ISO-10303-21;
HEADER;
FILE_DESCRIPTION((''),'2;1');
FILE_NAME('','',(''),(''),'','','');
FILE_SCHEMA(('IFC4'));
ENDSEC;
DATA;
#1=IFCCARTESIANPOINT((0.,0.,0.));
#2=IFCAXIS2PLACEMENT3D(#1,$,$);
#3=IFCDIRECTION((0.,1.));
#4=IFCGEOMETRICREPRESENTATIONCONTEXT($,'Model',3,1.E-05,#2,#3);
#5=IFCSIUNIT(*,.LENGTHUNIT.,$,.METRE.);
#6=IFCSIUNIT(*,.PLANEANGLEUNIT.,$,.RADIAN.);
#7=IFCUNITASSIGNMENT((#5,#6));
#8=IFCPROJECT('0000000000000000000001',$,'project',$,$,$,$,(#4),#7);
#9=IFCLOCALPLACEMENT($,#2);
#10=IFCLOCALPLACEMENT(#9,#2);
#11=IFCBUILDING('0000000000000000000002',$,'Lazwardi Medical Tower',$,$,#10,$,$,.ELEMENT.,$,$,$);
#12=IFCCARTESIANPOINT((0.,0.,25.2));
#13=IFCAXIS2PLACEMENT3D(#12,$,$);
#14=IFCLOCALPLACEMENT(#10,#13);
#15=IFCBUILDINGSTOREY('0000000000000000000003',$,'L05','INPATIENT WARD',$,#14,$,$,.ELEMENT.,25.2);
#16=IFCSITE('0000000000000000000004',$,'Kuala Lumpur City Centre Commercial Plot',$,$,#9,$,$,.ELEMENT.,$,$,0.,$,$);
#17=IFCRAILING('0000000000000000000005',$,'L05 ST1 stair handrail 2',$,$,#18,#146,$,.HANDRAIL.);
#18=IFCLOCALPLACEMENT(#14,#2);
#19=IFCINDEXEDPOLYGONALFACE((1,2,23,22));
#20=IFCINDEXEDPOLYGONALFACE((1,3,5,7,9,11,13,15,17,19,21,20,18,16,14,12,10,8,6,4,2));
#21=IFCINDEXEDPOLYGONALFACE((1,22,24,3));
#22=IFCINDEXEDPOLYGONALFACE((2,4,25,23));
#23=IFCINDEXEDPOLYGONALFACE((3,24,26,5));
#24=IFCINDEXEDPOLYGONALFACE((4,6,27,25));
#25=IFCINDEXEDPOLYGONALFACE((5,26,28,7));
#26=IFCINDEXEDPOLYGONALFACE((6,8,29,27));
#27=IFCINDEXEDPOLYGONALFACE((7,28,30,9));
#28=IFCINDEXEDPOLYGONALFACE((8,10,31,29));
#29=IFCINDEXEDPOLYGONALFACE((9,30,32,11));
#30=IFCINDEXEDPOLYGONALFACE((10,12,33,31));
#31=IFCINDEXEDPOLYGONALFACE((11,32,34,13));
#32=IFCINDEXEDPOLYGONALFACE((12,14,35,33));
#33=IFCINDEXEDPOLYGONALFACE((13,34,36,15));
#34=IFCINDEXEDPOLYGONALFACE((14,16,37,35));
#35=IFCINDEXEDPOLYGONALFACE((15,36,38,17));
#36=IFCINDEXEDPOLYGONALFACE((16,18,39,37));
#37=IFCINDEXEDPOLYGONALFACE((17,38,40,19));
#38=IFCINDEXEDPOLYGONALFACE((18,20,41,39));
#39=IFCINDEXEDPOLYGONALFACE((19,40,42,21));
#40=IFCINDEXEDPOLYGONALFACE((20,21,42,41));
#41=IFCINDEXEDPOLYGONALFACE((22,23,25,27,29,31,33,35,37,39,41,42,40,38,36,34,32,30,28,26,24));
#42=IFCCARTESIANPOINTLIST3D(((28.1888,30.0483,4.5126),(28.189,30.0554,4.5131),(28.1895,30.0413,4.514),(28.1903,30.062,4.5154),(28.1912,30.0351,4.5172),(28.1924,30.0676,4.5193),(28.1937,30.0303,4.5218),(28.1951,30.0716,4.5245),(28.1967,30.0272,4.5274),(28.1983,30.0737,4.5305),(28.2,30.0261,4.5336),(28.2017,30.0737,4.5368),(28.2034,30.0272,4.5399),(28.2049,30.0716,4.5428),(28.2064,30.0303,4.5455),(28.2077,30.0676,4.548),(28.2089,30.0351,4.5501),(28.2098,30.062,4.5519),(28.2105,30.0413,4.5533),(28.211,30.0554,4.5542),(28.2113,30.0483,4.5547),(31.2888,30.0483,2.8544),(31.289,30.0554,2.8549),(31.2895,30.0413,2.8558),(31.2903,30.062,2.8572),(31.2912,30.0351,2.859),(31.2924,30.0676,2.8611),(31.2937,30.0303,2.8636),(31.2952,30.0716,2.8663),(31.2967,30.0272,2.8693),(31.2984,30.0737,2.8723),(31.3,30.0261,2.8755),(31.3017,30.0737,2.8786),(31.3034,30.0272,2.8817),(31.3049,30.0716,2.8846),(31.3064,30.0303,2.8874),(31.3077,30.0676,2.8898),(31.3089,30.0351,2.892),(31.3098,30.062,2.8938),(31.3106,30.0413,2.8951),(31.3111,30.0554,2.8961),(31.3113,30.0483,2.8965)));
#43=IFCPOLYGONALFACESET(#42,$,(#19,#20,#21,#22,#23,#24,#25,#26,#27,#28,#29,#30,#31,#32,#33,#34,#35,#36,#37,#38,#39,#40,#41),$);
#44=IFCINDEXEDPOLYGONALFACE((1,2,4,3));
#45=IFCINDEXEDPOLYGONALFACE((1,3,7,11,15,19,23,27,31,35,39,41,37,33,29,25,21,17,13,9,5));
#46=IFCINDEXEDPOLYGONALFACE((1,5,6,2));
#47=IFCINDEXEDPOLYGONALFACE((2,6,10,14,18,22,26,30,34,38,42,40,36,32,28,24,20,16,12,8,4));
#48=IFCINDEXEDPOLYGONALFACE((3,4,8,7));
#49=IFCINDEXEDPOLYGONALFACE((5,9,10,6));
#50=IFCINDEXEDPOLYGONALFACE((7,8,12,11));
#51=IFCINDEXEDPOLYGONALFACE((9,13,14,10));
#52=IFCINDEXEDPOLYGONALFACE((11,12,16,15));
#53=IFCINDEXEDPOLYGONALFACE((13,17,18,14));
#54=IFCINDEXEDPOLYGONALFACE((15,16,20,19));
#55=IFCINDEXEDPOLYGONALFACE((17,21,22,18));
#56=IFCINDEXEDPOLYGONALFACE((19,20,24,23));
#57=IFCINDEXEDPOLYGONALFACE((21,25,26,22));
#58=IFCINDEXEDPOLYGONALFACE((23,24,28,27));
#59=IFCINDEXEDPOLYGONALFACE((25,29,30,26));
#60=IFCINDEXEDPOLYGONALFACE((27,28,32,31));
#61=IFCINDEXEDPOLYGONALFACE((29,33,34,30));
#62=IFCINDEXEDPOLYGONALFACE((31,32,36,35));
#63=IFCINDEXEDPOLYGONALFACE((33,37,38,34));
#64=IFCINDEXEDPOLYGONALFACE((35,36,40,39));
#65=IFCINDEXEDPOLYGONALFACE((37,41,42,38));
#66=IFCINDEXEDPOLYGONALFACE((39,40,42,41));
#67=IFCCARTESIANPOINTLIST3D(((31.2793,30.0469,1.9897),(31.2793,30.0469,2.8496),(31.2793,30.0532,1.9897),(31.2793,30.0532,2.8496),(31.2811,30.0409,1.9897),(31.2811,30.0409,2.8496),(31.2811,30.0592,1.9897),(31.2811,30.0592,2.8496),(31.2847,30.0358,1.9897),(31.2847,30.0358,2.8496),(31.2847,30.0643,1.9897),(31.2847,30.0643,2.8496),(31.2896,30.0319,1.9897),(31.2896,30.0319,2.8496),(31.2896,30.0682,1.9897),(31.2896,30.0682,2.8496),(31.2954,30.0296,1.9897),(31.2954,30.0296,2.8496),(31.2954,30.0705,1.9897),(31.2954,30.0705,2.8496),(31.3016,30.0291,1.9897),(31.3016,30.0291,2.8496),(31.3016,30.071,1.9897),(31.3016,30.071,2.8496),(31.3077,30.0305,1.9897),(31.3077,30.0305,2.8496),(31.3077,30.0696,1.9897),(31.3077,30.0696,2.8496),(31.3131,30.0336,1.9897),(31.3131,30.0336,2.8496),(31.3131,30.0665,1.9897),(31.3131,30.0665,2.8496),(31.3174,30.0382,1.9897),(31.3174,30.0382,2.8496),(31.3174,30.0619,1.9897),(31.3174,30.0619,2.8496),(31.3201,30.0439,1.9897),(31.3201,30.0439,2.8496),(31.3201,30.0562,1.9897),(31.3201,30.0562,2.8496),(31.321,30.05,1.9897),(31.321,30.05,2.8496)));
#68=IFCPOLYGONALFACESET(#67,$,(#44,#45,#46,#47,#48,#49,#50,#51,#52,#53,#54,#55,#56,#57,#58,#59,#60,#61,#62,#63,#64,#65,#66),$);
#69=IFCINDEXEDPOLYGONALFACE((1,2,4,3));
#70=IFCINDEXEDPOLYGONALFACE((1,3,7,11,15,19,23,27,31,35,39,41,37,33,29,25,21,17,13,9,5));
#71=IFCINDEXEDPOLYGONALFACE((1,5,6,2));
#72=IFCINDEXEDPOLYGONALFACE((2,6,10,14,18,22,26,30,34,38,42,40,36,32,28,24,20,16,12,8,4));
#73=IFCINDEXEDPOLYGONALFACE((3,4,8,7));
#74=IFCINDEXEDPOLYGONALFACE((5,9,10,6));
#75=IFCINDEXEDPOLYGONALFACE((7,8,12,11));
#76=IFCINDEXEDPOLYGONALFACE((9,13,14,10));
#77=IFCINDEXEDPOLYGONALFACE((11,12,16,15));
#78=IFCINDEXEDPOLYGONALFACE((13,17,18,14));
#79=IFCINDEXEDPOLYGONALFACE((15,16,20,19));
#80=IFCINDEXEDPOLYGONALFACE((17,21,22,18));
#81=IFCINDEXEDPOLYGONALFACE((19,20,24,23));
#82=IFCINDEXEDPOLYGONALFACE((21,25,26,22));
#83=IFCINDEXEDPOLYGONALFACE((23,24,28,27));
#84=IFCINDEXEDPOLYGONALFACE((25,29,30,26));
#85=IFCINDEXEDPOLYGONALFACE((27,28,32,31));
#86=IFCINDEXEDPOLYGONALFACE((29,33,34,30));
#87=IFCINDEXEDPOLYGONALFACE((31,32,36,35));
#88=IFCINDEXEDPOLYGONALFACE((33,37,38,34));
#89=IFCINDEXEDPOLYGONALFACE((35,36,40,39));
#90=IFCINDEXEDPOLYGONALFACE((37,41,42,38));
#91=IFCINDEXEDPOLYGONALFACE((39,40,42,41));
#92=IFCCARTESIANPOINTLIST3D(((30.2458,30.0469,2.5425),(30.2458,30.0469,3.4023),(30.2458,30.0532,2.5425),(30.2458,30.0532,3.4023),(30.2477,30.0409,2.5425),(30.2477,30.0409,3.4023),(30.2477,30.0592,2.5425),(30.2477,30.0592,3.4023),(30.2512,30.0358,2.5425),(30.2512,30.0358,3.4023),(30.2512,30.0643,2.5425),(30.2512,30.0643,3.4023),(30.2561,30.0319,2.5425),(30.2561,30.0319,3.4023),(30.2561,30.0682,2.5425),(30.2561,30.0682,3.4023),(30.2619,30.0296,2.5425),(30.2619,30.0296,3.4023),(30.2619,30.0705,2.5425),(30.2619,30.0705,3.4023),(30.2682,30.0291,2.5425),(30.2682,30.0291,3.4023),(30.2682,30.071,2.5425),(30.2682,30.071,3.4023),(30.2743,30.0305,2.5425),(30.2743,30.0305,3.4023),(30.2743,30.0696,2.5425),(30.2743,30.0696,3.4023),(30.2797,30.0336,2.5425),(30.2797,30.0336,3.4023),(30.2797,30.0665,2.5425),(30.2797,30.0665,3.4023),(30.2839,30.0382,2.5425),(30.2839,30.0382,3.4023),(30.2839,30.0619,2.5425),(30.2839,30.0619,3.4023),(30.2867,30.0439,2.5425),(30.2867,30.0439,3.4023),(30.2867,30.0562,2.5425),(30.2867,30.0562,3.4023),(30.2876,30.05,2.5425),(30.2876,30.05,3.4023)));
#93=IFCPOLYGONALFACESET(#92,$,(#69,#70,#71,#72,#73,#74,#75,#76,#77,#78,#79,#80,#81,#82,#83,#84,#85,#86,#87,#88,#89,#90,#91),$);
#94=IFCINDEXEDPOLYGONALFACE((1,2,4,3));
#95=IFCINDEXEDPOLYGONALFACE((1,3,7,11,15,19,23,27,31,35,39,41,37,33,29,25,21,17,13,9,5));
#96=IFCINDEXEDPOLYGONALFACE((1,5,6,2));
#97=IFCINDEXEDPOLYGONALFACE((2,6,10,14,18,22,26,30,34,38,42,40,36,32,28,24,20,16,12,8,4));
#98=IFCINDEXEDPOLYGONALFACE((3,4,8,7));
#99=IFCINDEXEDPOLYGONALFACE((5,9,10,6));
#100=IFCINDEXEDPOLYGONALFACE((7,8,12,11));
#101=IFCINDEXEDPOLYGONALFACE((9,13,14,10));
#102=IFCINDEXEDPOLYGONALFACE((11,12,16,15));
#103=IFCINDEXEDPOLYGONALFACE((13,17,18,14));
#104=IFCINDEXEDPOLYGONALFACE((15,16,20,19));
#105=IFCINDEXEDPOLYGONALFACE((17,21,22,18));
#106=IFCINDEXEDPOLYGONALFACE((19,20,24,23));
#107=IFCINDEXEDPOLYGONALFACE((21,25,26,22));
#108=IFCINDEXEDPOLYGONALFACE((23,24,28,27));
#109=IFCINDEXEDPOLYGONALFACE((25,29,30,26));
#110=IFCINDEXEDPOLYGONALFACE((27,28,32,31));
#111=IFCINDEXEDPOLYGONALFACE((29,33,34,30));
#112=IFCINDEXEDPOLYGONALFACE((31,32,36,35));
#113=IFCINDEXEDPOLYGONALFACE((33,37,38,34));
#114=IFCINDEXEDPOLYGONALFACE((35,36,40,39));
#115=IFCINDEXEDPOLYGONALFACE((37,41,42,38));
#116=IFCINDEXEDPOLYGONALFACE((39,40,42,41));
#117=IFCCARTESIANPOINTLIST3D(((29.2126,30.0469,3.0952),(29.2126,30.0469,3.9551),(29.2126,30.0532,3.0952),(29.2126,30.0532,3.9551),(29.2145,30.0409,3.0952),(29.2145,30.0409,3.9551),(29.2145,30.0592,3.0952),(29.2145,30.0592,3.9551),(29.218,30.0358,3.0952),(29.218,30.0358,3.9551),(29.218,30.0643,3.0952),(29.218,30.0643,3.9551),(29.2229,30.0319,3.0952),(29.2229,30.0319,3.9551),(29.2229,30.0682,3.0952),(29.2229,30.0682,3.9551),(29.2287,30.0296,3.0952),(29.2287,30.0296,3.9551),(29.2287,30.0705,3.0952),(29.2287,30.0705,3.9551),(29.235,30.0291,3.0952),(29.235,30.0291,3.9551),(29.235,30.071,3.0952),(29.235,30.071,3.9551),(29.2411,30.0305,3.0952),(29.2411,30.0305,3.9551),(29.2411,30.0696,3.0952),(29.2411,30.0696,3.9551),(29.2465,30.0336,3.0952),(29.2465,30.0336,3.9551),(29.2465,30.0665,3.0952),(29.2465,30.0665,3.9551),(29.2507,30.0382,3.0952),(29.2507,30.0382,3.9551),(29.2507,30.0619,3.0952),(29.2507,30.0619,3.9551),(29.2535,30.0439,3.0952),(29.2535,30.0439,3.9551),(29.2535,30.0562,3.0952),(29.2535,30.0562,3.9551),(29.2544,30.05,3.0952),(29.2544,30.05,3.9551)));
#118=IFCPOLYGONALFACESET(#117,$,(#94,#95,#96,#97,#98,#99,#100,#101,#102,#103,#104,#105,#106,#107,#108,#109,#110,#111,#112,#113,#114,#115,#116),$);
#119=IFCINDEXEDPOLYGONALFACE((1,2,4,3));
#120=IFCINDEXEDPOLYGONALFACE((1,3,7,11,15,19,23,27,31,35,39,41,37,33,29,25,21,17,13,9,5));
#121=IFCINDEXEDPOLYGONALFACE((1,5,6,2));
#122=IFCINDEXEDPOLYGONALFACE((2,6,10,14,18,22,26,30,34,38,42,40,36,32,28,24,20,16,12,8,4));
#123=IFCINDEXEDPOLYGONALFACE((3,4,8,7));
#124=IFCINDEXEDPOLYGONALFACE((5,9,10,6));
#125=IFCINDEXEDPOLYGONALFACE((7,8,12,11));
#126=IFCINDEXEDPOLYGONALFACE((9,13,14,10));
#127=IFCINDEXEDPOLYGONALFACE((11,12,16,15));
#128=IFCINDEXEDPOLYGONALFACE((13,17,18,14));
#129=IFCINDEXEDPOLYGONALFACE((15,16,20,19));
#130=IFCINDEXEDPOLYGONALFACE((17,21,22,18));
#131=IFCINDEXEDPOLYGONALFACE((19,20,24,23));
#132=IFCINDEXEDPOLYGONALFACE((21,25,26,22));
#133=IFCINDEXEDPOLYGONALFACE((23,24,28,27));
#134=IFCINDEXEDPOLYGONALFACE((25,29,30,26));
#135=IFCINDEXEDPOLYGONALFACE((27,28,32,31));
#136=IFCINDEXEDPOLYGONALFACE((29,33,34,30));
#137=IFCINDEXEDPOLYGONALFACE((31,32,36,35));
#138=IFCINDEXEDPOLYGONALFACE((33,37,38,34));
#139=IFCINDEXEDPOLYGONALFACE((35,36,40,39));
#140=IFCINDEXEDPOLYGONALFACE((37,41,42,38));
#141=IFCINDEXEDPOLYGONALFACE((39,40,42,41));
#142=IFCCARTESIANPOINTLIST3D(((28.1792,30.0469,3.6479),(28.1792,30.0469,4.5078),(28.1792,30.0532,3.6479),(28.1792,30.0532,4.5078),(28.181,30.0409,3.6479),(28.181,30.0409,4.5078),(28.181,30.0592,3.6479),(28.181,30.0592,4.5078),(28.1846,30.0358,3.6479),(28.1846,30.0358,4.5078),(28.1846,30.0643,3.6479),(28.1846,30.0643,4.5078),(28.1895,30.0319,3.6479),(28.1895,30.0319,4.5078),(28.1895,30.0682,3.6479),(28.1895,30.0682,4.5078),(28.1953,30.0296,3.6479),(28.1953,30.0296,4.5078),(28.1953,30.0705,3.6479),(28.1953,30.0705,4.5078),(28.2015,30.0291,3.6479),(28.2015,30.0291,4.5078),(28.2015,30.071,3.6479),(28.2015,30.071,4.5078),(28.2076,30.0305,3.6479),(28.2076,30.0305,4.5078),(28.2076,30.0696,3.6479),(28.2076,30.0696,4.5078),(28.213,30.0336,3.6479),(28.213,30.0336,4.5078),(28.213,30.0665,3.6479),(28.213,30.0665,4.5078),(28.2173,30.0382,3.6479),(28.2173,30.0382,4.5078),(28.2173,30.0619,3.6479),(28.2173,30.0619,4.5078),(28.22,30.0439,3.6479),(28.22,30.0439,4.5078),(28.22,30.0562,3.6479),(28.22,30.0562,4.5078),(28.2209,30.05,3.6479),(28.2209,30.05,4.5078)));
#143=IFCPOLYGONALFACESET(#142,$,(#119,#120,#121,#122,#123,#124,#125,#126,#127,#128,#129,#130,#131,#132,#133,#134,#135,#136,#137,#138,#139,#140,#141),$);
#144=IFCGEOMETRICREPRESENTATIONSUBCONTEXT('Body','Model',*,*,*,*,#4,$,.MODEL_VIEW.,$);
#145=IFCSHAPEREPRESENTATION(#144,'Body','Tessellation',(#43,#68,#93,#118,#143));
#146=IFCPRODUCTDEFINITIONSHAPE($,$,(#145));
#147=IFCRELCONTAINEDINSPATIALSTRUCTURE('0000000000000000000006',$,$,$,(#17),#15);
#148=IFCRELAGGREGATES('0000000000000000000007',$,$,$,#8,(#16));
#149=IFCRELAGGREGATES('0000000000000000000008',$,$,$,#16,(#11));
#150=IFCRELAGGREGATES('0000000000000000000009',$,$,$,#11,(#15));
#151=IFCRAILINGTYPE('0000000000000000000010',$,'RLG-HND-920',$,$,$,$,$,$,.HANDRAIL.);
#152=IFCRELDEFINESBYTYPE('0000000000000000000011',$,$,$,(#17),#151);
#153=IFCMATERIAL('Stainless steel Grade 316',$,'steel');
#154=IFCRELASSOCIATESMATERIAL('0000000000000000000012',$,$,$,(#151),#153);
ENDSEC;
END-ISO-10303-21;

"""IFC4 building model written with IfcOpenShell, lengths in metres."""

from ifc_helpers import new_model, si_unit, direction, frame, origin, origin_2d, place, context, subcontext, project, spatial, circle, extrude, material, type_object, element, save


model = new_model("IFC4")

# Units and contexts
model_context = context("Model", 3, precision=1e-05, world=origin(), true_north=direction((0.0, 1.0)))
body_context = subcontext(model_context, "Body", "Model", "MODEL_VIEW")
ifc_project = project(units=[si_unit("LENGTHUNIT", "METRE"), si_unit("PLANEANGLEUNIT", "RADIAN")], contexts=[model_context])

# Site, building, storey
site_placement = place(None, origin())
site = spatial("IfcSite", under=ifc_project, at=site_placement, Name="Kuala Lumpur City Centre Commercial Plot", CompositionType="ELEMENT", RefElevation=0.0)
building_placement = place(site_placement, origin())
building = spatial("IfcBuilding", under=site, at=building_placement, Name="Lazwardi Medical Tower", CompositionType="ELEMENT")
storey_placement = place(building_placement, frame((0.0, 0.0, 25.2)))
storey = spatial("IfcBuildingStorey", under=building, at=storey_placement, Name="L05", Description="INPATIENT WARD", CompositionType="ELEMENT", Elevation=25.2)

# Railing
ifc_material_1 = material(Name="Stainless steel Grade 316", Category="steel")
railing_type_1 = type_object("IfcRailingType", Name="RLG-HND-920", PredefinedType="HANDRAIL", material=ifc_material_1)
railing_1_placement = place(storey_placement, frame((31.3, 30.05, 1.9897)))
element("IfcRailing", 1, at=railing_1_placement, inside=storey, type_object=railing_type_1, Name="L05 ST1 stair handrail 2", PredefinedType="HANDRAIL", context=body_context, shape_type="SweptSolid", body=[
    extrude(circle(Radius=0.0239, at=origin_2d()), frame((0.0, 0.0, 0.8857), z_axis=(-0.881783, 0.0, 0.471655), x_axis=(0.0, -1.0, 0.0)), (0.0, 0.0, 1.0), 3.5156),
    extrude(circle(Radius=0.021, at=origin_2d()), origin(), (0.0, 0.0, 1.0), 0.8599),
    extrude(circle(Radius=0.021, at=origin_2d()), frame((-1.0334, 0.0, 0.5527)), (0.0, 0.0, 1.0), 0.8599),
    extrude(circle(Radius=0.021, at=origin_2d()), frame((-2.0667, 0.0, 1.1055)), (0.0, 0.0, 1.0), 0.8599),
    extrude(circle(Radius=0.021, at=origin_2d()), frame((-3.1001, 0.0, 1.6582)), (0.0, 0.0, 1.0), 0.8599),
])

save(model, "model.ifc")
